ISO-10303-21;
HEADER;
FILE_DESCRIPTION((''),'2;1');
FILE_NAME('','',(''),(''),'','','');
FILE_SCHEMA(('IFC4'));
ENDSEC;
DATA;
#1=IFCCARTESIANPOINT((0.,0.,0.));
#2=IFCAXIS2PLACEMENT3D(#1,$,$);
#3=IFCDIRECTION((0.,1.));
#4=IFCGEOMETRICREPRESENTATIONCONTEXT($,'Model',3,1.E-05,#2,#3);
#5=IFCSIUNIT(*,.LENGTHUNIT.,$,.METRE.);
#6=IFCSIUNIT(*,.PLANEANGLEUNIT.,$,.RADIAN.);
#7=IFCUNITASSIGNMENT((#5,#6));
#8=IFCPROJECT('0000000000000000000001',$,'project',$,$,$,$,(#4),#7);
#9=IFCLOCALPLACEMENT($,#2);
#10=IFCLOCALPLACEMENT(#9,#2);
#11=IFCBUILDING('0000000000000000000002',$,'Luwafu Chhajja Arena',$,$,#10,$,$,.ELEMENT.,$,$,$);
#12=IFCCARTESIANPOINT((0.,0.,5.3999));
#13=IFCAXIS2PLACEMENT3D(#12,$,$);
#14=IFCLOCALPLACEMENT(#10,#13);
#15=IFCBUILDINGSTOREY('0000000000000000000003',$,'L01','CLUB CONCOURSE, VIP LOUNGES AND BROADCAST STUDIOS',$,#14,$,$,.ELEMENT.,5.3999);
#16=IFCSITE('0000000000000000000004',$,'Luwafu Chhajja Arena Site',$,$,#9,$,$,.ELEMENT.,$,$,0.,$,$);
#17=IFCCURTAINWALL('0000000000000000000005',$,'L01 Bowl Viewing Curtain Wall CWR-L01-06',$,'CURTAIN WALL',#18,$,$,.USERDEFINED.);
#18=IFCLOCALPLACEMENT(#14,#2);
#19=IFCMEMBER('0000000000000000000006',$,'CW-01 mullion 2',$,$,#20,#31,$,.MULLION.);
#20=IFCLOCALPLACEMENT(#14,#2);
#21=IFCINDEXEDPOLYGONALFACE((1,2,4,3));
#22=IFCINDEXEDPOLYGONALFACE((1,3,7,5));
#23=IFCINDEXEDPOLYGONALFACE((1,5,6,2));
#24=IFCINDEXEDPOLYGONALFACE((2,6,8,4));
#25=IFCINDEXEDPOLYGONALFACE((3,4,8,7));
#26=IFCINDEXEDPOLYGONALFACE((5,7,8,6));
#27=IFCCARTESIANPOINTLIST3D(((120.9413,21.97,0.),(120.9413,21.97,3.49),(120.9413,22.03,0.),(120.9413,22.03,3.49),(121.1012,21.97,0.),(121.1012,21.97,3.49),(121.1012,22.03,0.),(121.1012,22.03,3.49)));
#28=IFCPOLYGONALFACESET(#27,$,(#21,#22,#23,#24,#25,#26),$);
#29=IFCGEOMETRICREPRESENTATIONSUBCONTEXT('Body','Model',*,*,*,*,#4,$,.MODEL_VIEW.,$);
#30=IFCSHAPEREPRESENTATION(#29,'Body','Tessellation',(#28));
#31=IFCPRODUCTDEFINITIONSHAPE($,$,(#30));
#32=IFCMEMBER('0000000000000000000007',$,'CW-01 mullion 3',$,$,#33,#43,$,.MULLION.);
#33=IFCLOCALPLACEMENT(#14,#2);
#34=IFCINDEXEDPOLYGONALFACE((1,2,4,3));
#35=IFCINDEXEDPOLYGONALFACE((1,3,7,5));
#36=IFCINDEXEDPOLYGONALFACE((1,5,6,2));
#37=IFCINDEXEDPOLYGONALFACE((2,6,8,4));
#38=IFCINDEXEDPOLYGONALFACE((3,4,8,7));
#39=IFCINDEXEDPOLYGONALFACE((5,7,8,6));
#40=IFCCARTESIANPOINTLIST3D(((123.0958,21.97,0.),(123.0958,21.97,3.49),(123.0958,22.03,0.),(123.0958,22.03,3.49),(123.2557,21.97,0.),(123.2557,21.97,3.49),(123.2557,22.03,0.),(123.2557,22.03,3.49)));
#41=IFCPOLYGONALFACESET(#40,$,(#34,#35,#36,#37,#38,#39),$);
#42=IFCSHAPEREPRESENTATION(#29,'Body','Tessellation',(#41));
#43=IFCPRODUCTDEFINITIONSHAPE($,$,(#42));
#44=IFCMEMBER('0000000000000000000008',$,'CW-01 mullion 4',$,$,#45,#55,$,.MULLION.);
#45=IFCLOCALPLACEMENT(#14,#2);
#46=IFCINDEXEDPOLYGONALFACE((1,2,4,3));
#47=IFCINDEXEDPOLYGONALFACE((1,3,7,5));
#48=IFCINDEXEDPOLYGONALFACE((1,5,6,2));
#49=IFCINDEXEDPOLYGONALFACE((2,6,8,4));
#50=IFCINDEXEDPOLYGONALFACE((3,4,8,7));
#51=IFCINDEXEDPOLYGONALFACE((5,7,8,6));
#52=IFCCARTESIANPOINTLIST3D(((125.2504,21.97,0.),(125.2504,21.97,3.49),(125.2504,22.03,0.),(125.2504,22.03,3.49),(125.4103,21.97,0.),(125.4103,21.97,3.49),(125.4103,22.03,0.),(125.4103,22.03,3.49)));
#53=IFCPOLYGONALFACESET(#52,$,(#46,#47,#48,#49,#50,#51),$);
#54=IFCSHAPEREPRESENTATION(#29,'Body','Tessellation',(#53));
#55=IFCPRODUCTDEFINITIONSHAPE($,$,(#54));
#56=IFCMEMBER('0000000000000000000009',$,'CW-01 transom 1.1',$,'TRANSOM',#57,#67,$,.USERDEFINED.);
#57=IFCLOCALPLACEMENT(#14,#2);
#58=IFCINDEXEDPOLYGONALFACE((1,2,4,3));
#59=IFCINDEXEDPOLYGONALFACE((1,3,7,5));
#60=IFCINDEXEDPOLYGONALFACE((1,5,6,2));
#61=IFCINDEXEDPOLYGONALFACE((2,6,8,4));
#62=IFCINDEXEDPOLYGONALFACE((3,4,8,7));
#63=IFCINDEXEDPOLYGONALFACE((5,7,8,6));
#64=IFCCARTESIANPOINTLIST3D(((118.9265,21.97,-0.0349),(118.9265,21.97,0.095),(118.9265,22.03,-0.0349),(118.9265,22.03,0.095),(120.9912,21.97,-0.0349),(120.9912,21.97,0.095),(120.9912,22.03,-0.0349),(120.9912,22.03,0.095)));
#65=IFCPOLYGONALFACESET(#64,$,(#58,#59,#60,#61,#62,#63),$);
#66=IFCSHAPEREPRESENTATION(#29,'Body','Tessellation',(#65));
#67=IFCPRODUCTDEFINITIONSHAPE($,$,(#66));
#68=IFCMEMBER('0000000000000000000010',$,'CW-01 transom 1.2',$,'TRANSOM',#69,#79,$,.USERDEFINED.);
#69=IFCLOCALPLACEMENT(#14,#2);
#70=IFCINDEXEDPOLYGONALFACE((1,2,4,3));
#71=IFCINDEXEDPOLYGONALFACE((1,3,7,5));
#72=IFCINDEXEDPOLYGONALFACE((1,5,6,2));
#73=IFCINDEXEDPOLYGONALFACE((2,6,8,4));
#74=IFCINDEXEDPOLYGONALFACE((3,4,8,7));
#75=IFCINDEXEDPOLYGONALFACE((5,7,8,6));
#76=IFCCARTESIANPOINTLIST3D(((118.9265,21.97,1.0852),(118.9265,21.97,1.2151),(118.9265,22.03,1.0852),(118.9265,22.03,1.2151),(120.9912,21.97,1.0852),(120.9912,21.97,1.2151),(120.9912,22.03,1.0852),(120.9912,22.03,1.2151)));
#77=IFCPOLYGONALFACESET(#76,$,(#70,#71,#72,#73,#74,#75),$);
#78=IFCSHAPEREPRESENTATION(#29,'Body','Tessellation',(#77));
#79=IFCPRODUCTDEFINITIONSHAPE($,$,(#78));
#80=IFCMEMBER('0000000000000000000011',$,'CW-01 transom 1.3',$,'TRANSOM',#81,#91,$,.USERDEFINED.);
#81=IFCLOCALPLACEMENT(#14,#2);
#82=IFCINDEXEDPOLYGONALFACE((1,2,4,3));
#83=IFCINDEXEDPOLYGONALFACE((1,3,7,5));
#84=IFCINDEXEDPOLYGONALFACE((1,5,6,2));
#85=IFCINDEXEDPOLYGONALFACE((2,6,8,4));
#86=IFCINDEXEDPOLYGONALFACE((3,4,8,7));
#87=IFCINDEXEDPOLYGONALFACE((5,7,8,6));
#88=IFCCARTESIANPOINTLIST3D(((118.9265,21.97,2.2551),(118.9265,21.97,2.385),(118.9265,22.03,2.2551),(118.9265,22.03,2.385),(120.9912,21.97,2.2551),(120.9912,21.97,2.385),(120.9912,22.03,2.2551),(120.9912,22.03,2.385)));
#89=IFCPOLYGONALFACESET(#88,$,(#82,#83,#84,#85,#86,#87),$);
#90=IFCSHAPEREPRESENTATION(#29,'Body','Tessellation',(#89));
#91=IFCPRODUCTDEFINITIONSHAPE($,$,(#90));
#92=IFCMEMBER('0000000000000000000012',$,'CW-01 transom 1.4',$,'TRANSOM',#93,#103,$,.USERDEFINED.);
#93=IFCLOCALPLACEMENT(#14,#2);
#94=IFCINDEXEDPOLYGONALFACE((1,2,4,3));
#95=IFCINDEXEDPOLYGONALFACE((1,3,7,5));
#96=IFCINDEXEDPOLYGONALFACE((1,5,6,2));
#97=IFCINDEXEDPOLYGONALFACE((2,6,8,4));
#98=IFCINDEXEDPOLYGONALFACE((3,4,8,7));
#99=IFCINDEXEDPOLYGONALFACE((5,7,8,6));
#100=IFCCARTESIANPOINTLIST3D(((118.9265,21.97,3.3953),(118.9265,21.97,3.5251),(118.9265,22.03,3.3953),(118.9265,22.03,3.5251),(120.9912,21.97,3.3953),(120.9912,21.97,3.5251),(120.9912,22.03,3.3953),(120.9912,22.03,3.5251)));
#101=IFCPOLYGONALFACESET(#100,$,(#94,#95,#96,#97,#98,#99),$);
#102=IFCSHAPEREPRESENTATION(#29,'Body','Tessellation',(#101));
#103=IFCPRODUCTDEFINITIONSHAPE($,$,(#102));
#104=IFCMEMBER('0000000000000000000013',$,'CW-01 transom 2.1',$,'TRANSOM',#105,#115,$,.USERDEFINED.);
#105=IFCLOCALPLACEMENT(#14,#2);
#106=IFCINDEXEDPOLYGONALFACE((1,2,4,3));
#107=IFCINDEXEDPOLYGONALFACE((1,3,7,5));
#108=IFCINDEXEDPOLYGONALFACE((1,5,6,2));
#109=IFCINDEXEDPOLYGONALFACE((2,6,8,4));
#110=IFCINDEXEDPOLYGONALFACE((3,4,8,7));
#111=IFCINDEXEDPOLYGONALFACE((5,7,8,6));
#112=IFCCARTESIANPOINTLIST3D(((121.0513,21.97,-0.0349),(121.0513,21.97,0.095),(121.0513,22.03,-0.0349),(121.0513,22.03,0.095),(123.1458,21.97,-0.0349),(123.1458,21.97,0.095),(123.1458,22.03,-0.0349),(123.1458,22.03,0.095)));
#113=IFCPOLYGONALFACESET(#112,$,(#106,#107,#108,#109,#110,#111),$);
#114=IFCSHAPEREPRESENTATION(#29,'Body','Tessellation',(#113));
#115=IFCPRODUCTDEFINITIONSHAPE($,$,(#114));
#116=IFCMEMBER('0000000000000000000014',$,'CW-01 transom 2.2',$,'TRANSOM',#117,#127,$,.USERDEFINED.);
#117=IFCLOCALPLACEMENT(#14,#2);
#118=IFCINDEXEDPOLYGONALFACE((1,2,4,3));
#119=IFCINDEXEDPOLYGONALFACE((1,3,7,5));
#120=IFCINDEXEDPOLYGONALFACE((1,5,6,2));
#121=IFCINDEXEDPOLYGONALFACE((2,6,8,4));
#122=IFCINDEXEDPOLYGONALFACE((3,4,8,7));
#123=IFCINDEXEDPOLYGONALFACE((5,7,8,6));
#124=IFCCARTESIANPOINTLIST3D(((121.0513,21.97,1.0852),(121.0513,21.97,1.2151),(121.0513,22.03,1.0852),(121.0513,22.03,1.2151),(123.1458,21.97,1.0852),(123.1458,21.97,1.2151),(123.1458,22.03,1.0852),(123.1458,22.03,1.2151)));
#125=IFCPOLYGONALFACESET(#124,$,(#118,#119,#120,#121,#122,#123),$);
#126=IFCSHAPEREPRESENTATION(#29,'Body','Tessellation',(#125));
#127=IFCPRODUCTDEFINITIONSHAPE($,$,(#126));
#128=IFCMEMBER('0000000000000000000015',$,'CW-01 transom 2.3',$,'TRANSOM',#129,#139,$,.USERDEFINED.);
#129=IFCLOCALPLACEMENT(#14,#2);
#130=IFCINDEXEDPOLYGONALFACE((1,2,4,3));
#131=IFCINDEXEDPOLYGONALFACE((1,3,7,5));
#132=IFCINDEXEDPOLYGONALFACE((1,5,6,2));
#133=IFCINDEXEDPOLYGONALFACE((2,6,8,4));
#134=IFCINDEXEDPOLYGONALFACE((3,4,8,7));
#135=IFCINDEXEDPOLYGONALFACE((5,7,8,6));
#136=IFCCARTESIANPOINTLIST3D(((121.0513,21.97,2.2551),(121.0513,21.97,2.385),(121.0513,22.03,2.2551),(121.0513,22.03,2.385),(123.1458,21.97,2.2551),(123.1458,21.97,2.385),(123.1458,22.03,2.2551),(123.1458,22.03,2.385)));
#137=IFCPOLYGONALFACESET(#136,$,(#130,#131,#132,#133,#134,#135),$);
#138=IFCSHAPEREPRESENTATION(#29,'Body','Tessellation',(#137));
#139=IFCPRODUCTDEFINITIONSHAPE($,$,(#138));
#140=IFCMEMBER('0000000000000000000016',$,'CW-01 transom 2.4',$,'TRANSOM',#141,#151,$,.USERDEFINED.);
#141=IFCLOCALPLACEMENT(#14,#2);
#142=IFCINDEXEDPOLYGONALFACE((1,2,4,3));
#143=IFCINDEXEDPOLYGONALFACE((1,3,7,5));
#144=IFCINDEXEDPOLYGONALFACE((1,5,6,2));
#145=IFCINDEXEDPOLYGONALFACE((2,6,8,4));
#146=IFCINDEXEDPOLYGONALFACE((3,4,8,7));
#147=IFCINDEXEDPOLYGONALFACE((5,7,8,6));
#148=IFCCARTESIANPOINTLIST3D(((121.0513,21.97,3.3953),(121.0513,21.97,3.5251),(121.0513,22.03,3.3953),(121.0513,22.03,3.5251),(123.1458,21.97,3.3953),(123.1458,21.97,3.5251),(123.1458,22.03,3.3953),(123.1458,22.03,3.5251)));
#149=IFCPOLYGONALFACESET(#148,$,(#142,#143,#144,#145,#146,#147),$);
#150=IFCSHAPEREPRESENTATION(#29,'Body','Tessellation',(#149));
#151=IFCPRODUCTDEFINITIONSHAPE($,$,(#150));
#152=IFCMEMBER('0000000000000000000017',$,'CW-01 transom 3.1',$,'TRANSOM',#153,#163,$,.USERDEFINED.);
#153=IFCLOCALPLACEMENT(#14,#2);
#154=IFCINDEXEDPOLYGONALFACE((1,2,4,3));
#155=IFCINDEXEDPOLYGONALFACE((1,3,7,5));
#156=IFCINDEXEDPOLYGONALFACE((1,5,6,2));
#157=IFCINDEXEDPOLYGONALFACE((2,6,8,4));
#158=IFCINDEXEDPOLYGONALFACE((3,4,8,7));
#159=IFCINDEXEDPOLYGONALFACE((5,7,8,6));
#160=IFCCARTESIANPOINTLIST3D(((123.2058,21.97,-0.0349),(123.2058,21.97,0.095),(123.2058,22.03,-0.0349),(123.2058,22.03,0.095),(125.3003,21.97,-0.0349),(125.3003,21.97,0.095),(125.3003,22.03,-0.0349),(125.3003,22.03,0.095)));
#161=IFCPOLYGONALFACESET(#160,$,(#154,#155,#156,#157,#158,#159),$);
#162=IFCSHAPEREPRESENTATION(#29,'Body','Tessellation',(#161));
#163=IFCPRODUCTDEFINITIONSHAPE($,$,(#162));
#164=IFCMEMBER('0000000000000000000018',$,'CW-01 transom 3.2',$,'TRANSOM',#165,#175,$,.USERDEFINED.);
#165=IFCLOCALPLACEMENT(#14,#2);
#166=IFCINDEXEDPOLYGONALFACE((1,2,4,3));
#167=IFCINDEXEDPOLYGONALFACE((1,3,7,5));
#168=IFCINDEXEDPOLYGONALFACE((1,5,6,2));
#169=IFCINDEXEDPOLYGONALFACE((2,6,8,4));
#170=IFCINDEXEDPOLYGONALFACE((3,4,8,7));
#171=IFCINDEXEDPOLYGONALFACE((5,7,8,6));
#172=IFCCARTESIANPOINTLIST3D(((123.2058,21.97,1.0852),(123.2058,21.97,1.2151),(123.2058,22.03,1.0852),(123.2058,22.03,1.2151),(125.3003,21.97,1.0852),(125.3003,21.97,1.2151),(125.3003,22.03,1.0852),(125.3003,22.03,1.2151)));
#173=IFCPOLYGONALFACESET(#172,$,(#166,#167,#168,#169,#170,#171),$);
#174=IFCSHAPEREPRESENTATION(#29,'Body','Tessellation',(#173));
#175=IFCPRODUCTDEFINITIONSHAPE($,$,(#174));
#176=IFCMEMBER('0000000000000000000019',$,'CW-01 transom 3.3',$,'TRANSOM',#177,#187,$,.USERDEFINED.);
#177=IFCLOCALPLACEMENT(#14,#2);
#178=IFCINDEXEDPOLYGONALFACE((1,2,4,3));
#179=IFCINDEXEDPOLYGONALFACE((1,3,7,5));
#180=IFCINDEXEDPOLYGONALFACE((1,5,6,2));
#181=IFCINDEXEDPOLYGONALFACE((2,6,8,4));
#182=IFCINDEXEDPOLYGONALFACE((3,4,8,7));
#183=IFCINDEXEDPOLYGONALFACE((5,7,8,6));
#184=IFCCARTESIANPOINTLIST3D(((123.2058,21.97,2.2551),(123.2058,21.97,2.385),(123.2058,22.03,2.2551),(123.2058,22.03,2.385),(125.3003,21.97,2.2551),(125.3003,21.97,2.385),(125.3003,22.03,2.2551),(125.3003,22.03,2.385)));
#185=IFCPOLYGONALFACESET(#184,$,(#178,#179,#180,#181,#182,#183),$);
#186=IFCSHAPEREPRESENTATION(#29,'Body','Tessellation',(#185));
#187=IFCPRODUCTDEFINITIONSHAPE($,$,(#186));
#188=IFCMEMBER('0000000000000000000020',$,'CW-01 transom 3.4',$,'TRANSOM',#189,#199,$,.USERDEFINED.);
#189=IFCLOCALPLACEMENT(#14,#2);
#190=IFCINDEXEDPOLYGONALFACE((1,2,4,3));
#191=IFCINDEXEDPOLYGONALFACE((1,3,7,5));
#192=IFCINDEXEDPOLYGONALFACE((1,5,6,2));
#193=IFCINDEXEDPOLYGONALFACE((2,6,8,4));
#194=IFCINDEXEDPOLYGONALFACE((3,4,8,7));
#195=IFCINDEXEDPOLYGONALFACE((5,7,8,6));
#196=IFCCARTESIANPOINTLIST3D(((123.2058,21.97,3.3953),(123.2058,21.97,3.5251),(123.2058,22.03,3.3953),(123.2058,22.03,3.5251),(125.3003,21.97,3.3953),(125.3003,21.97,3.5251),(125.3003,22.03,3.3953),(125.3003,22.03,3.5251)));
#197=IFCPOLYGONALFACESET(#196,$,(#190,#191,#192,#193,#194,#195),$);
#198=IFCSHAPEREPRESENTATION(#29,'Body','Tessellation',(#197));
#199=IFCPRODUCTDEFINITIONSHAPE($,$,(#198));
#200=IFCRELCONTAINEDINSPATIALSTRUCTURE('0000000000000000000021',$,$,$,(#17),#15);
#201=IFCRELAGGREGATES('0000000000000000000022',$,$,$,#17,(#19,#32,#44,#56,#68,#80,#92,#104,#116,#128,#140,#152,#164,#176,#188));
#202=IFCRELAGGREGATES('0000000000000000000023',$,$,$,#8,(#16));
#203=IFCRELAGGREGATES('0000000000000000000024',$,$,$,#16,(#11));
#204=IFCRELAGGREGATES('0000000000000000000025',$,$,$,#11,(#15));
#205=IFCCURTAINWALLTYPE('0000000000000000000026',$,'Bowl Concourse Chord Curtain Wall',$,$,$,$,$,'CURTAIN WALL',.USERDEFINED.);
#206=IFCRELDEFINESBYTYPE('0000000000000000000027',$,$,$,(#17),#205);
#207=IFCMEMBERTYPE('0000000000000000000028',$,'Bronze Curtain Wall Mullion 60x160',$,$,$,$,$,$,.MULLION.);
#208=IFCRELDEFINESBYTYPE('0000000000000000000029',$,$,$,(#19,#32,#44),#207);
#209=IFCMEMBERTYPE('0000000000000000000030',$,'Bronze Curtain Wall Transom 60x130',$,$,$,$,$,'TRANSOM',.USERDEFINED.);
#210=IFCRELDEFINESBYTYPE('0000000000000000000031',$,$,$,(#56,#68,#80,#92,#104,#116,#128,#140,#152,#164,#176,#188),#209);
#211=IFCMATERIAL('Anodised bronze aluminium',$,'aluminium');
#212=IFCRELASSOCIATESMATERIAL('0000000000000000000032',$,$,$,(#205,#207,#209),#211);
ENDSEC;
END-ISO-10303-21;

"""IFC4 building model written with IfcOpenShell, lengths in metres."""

from ifc_helpers import new_model, si_unit, direction, frame, origin, origin_2d, place, context, subcontext, project, spatial, rectangle, extrude, material, material_profile, profile_set, type_object, element, aggregate, save


model = new_model("IFC4")

# Units and contexts
model_context = context("Model", 3, precision=1e-05, world=origin(), true_north=direction((0.0, 1.0)))
body_context = subcontext(model_context, "Body", "Model", "MODEL_VIEW")
ifc_project = project(units=[si_unit("LENGTHUNIT", "METRE"), si_unit("PLANEANGLEUNIT", "RADIAN")], contexts=[model_context])

# Site, building, storey
site_placement = place(None, origin())
site = spatial("IfcSite", under=ifc_project, at=site_placement, Name="Luwafu Chhajja Arena Site", CompositionType="ELEMENT", RefElevation=0.0)
building_placement = place(site_placement, origin())
building = spatial("IfcBuilding", under=site, at=building_placement, Name="Luwafu Chhajja Arena", CompositionType="ELEMENT")
storey_placement = place(building_placement, frame((0.0, 0.0, 5.3999)))
storey = spatial("IfcBuildingStorey", under=building, at=storey_placement, Name="L01", Description="CLUB CONCOURSE, VIP LOUNGES AND BROADCAST STUDIOS", CompositionType="ELEMENT", Elevation=5.3999)

# Curtain wall, members
ifc_material_1 = material(Name="Anodised bronze aluminium", Category="aluminium")
curtain_wall_type = type_object("IfcCurtainWallType", Name="Bowl Concourse Chord Curtain Wall", ElementType="CURTAIN WALL", PredefinedType="USERDEFINED", material=ifc_material_1)
curtain_wall_placement = place(storey_placement, origin())
curtain_wall = element("IfcCurtainWall", 1, at=curtain_wall_placement, inside=storey, type_object=curtain_wall_type, Name="L01 Bowl Viewing Curtain Wall CWR-L01-06", ObjectType="CURTAIN WALL", PredefinedType="USERDEFINED")
ifc_material_profile_1 = material_profile(ifc_material_1, rectangle(XDim=0.0601, YDim=0.1599, at=origin_2d()), Name="CWM 60x160")
ifc_profile_set_1 = profile_set([ifc_material_profile_1], Name="Anodised bronze aluminium")
member_type_1 = type_object("IfcMemberType", Name="Bronze Curtain Wall Mullion 60x160", PredefinedType="MULLION", material=ifc_profile_set_1)
member_1_placement = place(storey_placement, frame((121.0212, 22.0, 0.0), z_axis=(0.0, 0.0, 1.0), x_axis=(0.0, 1.0, 0.0)))
member_1 = element("IfcMember", 2, at=member_1_placement, type_object=member_type_1, Name="CW-01 mullion 2", PredefinedType="MULLION", context=body_context, shape_type="SweptSolid", body=[
    extrude(rectangle(XDim=0.0601, YDim=0.1599, at=origin_2d()), origin(), (0.0, 0.0, 1.0), 3.49),
])
member_2_placement = place(storey_placement, frame((123.1758, 22.0, 0.0), z_axis=(0.0, 0.0, 1.0), x_axis=(0.0, 1.0, 0.0)))
member_2 = element("IfcMember", 3, at=member_2_placement, type_object=member_type_1, Name="CW-01 mullion 3", PredefinedType="MULLION", context=body_context, shape_type="SweptSolid", body=[
    extrude(rectangle(XDim=0.0601, YDim=0.1599, at=origin_2d()), origin(), (0.0, 0.0, 1.0), 3.49),
])
member_3_placement = place(storey_placement, frame((125.3303, 22.0, 0.0), z_axis=(0.0, 0.0, 1.0), x_axis=(0.0, 1.0, 0.0)))
member_3 = element("IfcMember", 4, at=member_3_placement, type_object=member_type_1, Name="CW-01 mullion 4", PredefinedType="MULLION", context=body_context, shape_type="SweptSolid", body=[
    extrude(rectangle(XDim=0.0601, YDim=0.1599, at=origin_2d()), origin(), (0.0, 0.0, 1.0), 3.49),
])
ifc_material_profile_2 = material_profile(ifc_material_1, rectangle(XDim=0.0601, YDim=0.1299, at=origin_2d()), Name="CWT 60x130")
ifc_profile_set_2 = profile_set([ifc_material_profile_2], Name="Anodised bronze aluminium")
member_type_2 = type_object("IfcMemberType", Name="Bronze Curtain Wall Transom 60x130", ElementType="TRANSOM", PredefinedType="USERDEFINED", material=ifc_profile_set_2)
member_4_placement = place(storey_placement, frame((118.9265, 22.0, 0.03), z_axis=(1.0, 0.0, 0.0), x_axis=(0.0, 1.0, 0.0)))
member_4 = element("IfcMember", 5, at=member_4_placement, type_object=member_type_2, Name="CW-01 transom 1.1", ObjectType="TRANSOM", PredefinedType="USERDEFINED", context=body_context, shape_type="SweptSolid", body=[
    extrude(rectangle(XDim=0.0601, YDim=0.1299, at=origin_2d()), origin(), (0.0, 0.0, 1.0), 2.0647),
])
member_5_placement = place(storey_placement, frame((118.9265, 22.0, 1.1501), z_axis=(1.0, 0.0, 0.0), x_axis=(0.0, 1.0, 0.0)))
member_5 = element("IfcMember", 6, at=member_5_placement, type_object=member_type_2, Name="CW-01 transom 1.2", ObjectType="TRANSOM", PredefinedType="USERDEFINED", context=body_context, shape_type="SweptSolid", body=[
    extrude(rectangle(XDim=0.0601, YDim=0.1299, at=origin_2d()), origin(), (0.0, 0.0, 1.0), 2.0647),
])
member_6_placement = place(storey_placement, frame((118.9265, 22.0, 2.3201), z_axis=(1.0, 0.0, 0.0), x_axis=(0.0, 1.0, 0.0)))
member_6 = element("IfcMember", 7, at=member_6_placement, type_object=member_type_2, Name="CW-01 transom 1.3", ObjectType="TRANSOM", PredefinedType="USERDEFINED", context=body_context, shape_type="SweptSolid", body=[
    extrude(rectangle(XDim=0.0601, YDim=0.1299, at=origin_2d()), origin(), (0.0, 0.0, 1.0), 2.0647),
])
member_7_placement = place(storey_placement, frame((118.9265, 22.0, 3.4602), z_axis=(1.0, 0.0, 0.0), x_axis=(0.0, 1.0, 0.0)))
member_7 = element("IfcMember", 8, at=member_7_placement, type_object=member_type_2, Name="CW-01 transom 1.4", ObjectType="TRANSOM", PredefinedType="USERDEFINED", context=body_context, shape_type="SweptSolid", body=[
    extrude(rectangle(XDim=0.0601, YDim=0.1299, at=origin_2d()), origin(), (0.0, 0.0, 1.0), 2.0647),
])
member_8_placement = place(storey_placement, frame((121.0513, 22.0, 0.03), z_axis=(1.0, 0.0, 0.0), x_axis=(0.0, 1.0, 0.0)))
member_8 = element("IfcMember", 9, at=member_8_placement, type_object=member_type_2, Name="CW-01 transom 2.1", ObjectType="TRANSOM", PredefinedType="USERDEFINED", context=body_context, shape_type="SweptSolid", body=[
    extrude(rectangle(XDim=0.0601, YDim=0.1299, at=origin_2d()), origin(), (0.0, 0.0, 1.0), 2.0945),
])
member_9_placement = place(storey_placement, frame((121.0513, 22.0, 1.1501), z_axis=(1.0, 0.0, 0.0), x_axis=(0.0, 1.0, 0.0)))
member_9 = element("IfcMember", 10, at=member_9_placement, type_object=member_type_2, Name="CW-01 transom 2.2", ObjectType="TRANSOM", PredefinedType="USERDEFINED", context=body_context, shape_type="SweptSolid", body=[
    extrude(rectangle(XDim=0.0601, YDim=0.1299, at=origin_2d()), origin(), (0.0, 0.0, 1.0), 2.0945),
])
member_10_placement = place(storey_placement, frame((121.0513, 22.0, 2.3201), z_axis=(1.0, 0.0, 0.0), x_axis=(0.0, 1.0, 0.0)))
member_10 = element("IfcMember", 11, at=member_10_placement, type_object=member_type_2, Name="CW-01 transom 2.3", ObjectType="TRANSOM", PredefinedType="USERDEFINED", context=body_context, shape_type="SweptSolid", body=[
    extrude(rectangle(XDim=0.0601, YDim=0.1299, at=origin_2d()), origin(), (0.0, 0.0, 1.0), 2.0945),
])
member_11_placement = place(storey_placement, frame((121.0513, 22.0, 3.4602), z_axis=(1.0, 0.0, 0.0), x_axis=(0.0, 1.0, 0.0)))
member_11 = element("IfcMember", 12, at=member_11_placement, type_object=member_type_2, Name="CW-01 transom 2.4", ObjectType="TRANSOM", PredefinedType="USERDEFINED", context=body_context, shape_type="SweptSolid", body=[
    extrude(rectangle(XDim=0.0601, YDim=0.1299, at=origin_2d()), origin(), (0.0, 0.0, 1.0), 2.0945),
])
member_12_placement = place(storey_placement, frame((123.2058, 22.0, 0.03), z_axis=(1.0, 0.0, 0.0), x_axis=(0.0, 1.0, 0.0)))
member_12 = element("IfcMember", 13, at=member_12_placement, type_object=member_type_2, Name="CW-01 transom 3.1", ObjectType="TRANSOM", PredefinedType="USERDEFINED", context=body_context, shape_type="SweptSolid", body=[
    extrude(rectangle(XDim=0.0601, YDim=0.1299, at=origin_2d()), origin(), (0.0, 0.0, 1.0), 2.0945),
])
member_13_placement = place(storey_placement, frame((123.2058, 22.0, 1.1501), z_axis=(1.0, 0.0, 0.0), x_axis=(0.0, 1.0, 0.0)))
member_13 = element("IfcMember", 14, at=member_13_placement, type_object=member_type_2, Name="CW-01 transom 3.2", ObjectType="TRANSOM", PredefinedType="USERDEFINED", context=body_context, shape_type="SweptSolid", body=[
    extrude(rectangle(XDim=0.0601, YDim=0.1299, at=origin_2d()), origin(), (0.0, 0.0, 1.0), 2.0945),
])
member_14_placement = place(storey_placement, frame((123.2058, 22.0, 2.3201), z_axis=(1.0, 0.0, 0.0), x_axis=(0.0, 1.0, 0.0)))
member_14 = element("IfcMember", 15, at=member_14_placement, type_object=member_type_2, Name="CW-01 transom 3.3", ObjectType="TRANSOM", PredefinedType="USERDEFINED", context=body_context, shape_type="SweptSolid", body=[
    extrude(rectangle(XDim=0.0601, YDim=0.1299, at=origin_2d()), origin(), (0.0, 0.0, 1.0), 2.0945),
])
member_15_placement = place(storey_placement, frame((123.2058, 22.0, 3.4602), z_axis=(1.0, 0.0, 0.0), x_axis=(0.0, 1.0, 0.0)))
member_15 = element("IfcMember", 16, at=member_15_placement, type_object=member_type_2, Name="CW-01 transom 3.4", ObjectType="TRANSOM", PredefinedType="USERDEFINED", context=body_context, shape_type="SweptSolid", body=[
    extrude(rectangle(XDim=0.0601, YDim=0.1299, at=origin_2d()), origin(), (0.0, 0.0, 1.0), 2.0945),
])
aggregate(curtain_wall, [member_1, member_2, member_3, member_4, member_5, member_6, member_7, member_8, member_9, member_10, member_11, member_12, member_13, member_14, member_15])

save(model, "model.ifc")
